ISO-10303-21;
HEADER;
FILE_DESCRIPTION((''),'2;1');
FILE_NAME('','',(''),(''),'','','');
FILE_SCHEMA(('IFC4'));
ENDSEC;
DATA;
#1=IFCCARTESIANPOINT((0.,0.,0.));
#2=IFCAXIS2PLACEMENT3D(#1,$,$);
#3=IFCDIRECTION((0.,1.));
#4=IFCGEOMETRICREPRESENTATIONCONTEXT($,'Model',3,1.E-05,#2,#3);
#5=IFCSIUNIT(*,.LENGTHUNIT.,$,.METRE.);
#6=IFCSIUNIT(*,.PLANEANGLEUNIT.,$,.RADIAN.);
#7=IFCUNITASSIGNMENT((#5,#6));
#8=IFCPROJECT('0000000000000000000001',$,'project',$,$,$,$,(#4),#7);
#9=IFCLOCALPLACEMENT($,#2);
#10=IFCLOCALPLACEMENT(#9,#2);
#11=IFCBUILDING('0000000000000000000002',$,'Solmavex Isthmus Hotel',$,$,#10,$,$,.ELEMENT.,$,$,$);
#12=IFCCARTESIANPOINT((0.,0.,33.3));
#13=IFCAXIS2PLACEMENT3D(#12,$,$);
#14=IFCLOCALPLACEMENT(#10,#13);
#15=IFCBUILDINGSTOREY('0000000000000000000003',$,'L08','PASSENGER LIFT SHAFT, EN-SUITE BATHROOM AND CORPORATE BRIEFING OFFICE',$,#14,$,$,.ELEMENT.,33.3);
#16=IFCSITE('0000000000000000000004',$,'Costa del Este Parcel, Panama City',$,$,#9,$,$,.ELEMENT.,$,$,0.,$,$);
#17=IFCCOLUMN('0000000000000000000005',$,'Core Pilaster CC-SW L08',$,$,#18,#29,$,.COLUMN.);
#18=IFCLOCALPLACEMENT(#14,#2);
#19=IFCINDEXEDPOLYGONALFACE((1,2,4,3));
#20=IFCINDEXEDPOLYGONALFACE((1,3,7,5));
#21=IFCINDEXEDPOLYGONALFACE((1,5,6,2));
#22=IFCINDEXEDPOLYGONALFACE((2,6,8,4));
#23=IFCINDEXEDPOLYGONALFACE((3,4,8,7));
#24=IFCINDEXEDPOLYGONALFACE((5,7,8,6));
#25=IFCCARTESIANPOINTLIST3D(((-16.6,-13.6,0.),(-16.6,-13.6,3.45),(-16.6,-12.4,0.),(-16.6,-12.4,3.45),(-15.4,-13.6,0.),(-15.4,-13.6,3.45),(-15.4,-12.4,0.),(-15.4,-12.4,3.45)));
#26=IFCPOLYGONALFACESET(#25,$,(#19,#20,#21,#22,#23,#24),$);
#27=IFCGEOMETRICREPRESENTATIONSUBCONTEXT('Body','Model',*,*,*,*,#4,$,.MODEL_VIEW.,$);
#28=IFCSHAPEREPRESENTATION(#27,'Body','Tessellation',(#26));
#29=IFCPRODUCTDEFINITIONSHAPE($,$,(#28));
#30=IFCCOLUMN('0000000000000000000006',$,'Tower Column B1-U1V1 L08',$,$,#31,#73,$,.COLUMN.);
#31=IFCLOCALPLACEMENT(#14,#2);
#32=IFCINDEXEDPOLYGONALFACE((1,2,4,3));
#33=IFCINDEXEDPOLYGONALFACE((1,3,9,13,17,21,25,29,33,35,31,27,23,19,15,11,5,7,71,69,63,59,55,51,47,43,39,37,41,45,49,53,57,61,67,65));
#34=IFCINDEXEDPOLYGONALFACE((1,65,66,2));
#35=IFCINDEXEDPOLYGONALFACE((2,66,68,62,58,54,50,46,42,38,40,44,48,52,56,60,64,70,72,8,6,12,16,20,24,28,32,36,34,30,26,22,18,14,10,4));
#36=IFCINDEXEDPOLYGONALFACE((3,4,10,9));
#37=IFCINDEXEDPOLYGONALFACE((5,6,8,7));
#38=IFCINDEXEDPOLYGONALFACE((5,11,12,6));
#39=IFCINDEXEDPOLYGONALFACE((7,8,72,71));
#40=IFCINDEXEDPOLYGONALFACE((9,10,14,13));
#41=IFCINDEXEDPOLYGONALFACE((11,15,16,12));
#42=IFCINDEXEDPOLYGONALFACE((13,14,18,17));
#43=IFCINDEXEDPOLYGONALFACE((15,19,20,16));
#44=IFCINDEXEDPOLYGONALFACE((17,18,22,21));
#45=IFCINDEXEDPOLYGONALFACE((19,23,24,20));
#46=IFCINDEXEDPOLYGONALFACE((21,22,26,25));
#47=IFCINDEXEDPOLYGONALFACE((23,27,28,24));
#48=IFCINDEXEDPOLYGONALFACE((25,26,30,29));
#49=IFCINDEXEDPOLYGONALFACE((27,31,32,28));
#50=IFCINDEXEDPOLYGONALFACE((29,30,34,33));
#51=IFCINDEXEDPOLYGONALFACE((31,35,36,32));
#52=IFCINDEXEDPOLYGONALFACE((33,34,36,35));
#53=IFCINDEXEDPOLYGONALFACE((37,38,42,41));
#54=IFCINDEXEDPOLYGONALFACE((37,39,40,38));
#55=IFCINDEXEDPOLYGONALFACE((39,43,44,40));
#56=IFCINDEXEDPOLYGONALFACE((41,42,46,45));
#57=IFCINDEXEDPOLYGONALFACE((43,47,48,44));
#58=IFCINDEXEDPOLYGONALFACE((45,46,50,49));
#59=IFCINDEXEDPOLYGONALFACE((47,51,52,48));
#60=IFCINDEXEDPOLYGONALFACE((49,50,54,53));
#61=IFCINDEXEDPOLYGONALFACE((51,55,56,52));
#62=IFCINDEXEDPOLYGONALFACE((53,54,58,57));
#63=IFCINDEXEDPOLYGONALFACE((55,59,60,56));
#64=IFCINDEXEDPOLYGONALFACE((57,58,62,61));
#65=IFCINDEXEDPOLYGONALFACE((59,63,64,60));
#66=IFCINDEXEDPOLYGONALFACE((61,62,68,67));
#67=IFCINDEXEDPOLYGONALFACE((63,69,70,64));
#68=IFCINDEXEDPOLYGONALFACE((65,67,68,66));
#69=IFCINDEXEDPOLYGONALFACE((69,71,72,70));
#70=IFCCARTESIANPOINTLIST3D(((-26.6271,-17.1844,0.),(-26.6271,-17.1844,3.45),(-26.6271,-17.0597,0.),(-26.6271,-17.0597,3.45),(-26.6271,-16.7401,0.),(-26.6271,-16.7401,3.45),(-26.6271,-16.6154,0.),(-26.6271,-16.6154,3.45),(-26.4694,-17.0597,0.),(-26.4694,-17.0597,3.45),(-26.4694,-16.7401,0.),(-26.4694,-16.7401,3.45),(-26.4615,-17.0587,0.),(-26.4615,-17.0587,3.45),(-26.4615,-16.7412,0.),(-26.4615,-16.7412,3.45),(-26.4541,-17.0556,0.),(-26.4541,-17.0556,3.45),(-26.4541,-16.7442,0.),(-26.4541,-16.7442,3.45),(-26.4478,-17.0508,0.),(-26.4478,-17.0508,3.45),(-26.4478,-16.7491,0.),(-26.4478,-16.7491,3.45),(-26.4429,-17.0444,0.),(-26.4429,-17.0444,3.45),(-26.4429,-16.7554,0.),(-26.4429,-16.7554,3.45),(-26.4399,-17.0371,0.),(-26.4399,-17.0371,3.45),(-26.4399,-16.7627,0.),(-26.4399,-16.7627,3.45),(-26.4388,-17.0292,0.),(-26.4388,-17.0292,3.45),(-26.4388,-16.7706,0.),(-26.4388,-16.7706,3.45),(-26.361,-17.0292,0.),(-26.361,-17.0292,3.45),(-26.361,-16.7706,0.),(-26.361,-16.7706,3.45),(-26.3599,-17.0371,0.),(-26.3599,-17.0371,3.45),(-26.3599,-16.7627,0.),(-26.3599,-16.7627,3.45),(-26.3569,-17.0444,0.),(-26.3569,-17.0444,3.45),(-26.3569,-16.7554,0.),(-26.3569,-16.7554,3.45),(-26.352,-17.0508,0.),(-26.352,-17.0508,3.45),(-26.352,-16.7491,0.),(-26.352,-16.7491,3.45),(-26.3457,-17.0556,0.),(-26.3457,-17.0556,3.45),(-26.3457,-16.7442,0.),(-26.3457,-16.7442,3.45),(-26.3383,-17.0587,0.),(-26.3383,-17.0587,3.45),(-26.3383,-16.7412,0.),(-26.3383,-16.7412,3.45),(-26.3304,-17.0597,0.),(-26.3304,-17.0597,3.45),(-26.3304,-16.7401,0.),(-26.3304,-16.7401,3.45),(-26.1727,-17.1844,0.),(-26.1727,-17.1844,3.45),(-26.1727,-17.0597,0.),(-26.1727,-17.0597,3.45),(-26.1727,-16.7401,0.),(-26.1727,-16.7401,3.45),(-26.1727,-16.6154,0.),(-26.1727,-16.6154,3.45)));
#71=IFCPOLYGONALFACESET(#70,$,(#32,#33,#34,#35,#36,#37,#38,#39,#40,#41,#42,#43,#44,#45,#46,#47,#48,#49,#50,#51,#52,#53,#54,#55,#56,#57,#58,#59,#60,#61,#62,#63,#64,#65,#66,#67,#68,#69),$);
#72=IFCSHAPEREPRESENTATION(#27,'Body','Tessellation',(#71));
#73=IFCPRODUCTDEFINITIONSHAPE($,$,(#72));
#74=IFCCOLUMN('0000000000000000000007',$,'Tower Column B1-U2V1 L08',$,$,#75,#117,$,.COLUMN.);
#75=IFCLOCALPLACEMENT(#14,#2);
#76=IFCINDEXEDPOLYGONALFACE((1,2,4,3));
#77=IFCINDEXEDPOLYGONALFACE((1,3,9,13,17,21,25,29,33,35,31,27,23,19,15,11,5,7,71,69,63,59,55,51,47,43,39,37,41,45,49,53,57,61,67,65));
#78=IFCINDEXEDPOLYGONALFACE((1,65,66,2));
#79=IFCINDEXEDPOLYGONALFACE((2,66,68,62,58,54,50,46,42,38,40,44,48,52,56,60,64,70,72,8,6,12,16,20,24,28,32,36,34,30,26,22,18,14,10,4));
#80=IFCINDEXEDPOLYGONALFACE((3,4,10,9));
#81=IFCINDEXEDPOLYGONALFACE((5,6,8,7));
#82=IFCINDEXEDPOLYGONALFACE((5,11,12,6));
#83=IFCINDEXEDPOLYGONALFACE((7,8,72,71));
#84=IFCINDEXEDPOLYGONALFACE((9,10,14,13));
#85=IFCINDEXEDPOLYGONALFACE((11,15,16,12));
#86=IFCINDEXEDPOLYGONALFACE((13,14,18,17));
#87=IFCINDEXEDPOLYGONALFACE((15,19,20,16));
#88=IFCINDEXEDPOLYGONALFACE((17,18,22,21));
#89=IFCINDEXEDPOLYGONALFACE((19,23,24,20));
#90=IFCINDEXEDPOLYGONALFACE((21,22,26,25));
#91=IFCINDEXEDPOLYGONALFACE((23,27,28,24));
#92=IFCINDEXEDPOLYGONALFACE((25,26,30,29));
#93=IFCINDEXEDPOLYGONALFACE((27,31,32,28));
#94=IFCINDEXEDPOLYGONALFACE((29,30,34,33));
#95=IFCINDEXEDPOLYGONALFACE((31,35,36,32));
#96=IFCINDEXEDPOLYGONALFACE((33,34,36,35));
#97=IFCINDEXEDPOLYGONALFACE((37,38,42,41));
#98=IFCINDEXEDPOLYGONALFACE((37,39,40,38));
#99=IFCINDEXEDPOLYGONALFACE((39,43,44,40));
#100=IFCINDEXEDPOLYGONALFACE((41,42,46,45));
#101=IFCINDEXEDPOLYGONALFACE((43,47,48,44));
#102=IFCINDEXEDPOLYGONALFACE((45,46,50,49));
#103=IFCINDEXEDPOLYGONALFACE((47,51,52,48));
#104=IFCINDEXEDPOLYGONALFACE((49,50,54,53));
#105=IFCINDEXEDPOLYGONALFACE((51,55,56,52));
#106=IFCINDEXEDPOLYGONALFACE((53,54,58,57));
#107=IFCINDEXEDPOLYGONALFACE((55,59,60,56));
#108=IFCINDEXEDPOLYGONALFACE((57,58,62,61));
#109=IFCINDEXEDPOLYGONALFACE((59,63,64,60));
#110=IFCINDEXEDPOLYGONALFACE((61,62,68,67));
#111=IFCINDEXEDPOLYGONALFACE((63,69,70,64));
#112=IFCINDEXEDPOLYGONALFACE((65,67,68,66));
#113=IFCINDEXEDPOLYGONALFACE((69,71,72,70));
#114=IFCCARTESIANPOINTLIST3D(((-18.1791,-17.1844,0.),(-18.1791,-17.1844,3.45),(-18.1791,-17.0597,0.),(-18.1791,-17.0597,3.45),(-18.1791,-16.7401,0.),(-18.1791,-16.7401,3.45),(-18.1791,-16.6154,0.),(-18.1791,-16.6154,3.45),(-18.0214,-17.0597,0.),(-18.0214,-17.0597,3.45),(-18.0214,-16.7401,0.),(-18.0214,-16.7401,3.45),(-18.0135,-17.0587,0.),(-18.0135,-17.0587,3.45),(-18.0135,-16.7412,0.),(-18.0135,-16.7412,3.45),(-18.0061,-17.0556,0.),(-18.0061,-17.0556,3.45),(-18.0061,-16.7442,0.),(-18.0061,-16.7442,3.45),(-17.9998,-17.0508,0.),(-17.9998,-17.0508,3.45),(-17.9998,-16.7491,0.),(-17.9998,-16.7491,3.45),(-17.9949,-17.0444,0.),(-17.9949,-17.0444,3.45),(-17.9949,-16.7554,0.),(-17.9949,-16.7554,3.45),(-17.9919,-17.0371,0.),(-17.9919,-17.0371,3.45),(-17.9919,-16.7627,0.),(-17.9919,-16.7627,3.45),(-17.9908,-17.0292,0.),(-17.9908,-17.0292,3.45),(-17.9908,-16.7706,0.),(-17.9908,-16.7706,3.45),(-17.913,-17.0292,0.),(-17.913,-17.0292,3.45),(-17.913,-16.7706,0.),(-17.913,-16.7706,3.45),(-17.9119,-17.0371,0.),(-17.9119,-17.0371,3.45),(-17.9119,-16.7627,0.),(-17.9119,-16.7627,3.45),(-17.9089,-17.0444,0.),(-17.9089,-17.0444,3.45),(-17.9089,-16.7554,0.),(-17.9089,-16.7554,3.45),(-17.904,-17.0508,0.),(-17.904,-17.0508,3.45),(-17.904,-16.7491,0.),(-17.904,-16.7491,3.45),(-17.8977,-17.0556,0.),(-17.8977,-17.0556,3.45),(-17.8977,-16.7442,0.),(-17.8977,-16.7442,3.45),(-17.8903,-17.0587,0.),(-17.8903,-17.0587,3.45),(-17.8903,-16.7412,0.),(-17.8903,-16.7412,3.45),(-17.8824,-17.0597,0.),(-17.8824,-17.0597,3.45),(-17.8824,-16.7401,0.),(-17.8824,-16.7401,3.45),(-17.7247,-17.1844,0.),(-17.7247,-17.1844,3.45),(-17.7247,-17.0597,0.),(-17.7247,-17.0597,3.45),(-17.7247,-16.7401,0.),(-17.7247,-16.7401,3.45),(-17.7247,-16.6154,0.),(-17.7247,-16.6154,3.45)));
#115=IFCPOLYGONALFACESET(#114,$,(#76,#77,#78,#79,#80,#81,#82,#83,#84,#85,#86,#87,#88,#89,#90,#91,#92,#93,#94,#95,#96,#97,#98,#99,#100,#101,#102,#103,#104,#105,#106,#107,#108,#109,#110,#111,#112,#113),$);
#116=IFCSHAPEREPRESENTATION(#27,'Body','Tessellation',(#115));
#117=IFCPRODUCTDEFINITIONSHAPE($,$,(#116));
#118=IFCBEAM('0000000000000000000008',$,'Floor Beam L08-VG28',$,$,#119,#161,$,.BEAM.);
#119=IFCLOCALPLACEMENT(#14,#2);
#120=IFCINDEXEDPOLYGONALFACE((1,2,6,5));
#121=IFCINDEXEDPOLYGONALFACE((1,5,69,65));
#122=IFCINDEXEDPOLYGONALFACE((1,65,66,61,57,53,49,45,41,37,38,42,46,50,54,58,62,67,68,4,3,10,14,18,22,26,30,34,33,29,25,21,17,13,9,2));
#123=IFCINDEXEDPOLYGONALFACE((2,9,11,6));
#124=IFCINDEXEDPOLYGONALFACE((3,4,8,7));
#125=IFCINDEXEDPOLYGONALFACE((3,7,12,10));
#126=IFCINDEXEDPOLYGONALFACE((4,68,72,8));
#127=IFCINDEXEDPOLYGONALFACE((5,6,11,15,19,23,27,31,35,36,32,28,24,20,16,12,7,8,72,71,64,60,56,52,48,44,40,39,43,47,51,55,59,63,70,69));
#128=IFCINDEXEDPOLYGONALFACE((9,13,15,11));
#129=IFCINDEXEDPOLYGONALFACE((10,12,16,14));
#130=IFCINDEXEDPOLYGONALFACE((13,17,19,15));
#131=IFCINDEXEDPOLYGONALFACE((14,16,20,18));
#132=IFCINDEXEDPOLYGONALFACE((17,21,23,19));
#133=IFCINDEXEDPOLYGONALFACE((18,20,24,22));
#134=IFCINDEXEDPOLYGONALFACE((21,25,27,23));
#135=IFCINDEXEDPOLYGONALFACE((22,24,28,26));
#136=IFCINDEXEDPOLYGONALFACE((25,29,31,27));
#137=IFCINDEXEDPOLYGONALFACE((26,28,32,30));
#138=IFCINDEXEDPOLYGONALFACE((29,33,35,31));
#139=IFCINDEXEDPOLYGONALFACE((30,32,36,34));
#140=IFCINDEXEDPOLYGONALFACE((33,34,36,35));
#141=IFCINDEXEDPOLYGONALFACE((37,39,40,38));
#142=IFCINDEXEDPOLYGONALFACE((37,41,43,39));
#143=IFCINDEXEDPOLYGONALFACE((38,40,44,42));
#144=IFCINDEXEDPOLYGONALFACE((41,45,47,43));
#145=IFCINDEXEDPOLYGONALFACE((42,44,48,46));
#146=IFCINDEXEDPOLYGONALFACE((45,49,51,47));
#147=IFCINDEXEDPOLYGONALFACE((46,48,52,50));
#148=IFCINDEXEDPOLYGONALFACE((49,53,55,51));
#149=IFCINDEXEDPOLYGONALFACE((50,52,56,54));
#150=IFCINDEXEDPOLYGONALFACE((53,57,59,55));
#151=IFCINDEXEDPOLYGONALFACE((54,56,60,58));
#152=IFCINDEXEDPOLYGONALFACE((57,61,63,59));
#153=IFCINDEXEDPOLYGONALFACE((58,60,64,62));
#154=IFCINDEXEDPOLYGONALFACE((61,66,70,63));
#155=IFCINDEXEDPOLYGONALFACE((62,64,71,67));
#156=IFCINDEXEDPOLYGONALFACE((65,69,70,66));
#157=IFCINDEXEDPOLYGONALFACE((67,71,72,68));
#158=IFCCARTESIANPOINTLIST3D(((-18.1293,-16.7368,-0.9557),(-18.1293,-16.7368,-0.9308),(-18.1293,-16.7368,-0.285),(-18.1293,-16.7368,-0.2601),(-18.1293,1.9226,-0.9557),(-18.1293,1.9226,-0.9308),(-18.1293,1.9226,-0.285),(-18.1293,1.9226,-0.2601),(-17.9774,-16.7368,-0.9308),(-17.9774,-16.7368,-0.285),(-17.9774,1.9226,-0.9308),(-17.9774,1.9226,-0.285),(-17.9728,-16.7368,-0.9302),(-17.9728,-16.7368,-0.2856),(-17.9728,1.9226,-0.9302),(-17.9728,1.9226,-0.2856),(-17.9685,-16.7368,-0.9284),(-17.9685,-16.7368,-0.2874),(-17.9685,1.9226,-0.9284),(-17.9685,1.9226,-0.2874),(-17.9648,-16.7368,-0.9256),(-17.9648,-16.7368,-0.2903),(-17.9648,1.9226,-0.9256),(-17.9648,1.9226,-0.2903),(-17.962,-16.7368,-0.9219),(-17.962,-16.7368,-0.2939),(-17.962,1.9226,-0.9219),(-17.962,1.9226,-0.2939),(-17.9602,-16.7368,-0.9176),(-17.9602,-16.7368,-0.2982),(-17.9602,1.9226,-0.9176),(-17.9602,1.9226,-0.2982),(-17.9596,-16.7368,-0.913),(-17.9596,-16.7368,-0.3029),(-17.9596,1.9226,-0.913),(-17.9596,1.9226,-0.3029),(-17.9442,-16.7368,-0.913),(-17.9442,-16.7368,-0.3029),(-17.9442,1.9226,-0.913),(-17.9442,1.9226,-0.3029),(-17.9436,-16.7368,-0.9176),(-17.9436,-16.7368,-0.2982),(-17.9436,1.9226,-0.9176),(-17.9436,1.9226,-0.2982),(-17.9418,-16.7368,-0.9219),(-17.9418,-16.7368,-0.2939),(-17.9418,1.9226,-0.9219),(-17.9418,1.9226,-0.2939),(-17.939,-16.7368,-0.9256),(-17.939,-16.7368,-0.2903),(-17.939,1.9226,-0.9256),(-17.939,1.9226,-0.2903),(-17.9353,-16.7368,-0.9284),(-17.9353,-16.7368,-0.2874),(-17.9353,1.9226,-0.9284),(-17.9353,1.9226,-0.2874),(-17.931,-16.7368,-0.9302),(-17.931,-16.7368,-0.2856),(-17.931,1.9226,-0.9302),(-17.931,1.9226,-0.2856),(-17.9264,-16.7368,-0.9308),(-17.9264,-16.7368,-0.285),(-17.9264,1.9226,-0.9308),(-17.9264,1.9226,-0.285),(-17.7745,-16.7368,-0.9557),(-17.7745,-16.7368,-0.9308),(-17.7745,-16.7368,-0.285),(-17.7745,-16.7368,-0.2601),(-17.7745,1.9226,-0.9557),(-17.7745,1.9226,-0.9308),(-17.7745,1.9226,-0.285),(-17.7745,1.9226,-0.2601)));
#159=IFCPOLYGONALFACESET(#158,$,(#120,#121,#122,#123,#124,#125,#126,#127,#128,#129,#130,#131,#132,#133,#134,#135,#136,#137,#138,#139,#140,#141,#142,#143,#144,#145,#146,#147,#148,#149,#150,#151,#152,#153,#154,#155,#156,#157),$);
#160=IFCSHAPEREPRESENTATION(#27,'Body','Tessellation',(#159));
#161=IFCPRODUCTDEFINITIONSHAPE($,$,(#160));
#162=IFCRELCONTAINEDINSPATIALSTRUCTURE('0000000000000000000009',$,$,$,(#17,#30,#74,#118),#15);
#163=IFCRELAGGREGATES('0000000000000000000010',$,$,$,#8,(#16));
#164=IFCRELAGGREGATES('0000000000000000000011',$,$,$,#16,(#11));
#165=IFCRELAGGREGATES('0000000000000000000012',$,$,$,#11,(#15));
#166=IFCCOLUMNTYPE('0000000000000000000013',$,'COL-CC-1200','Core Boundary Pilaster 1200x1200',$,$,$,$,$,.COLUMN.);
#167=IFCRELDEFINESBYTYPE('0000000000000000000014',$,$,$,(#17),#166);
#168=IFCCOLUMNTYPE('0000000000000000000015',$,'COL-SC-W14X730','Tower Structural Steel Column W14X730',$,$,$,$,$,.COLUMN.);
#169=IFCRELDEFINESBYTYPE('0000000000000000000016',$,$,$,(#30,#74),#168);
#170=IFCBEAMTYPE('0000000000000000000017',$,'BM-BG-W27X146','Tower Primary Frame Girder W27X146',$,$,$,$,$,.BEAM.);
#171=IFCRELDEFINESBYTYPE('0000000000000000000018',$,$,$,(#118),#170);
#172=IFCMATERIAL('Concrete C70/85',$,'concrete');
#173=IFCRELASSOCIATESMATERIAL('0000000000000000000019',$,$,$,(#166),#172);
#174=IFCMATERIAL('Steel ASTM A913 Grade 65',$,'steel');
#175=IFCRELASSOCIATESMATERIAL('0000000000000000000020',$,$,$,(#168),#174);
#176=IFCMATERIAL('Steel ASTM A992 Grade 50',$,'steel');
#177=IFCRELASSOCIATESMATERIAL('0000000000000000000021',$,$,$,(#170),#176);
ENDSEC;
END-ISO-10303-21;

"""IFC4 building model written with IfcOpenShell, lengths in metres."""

from ifc_helpers import new_model, si_unit, direction, frame, origin, origin_2d, place, context, subcontext, project, spatial, rectangle, i_section, extrude, material, material_profile, profile_set, type_object, element, save


model = new_model("IFC4")

# Units and contexts
model_context = context("Model", 3, precision=1e-05, world=origin(), true_north=direction((0.0, 1.0)))
body_context = subcontext(model_context, "Body", "Model", "MODEL_VIEW")
ifc_project = project(units=[si_unit("LENGTHUNIT", "METRE"), si_unit("PLANEANGLEUNIT", "RADIAN")], contexts=[model_context])

# Site, building, storey
site_placement = place(None, origin())
site = spatial("IfcSite", under=ifc_project, at=site_placement, Name="Costa del Este Parcel, Panama City", CompositionType="ELEMENT", RefElevation=0.0)
building_placement = place(site_placement, origin())
building = spatial("IfcBuilding", under=site, at=building_placement, Name="Solmavex Isthmus Hotel", CompositionType="ELEMENT")
storey_placement = place(building_placement, frame((0.0, 0.0, 33.3)))
storey = spatial("IfcBuildingStorey", under=building, at=storey_placement, Name="L08", Description="PASSENGER LIFT SHAFT, EN-SUITE BATHROOM AND CORPORATE BRIEFING OFFICE", CompositionType="ELEMENT", Elevation=33.3)

# Columns
ifc_material_1 = material(Name="Concrete C70/85", Category="concrete")
ifc_material_profile_1 = material_profile(ifc_material_1, rectangle(XDim=1.2, YDim=1.2, at=origin_2d()), Name="RC1200X1200")
ifc_profile_set_1 = profile_set([ifc_material_profile_1], Name="Concrete C70/85")
column_type_1 = type_object("IfcColumnType", Name="COL-CC-1200", Description="Core Boundary Pilaster 1200x1200", PredefinedType="COLUMN", material=ifc_profile_set_1)
column_placement = place(storey_placement, frame((-16.0, -13.0, 0.0), z_axis=(0.0, 0.0, 1.0), x_axis=(1.0, 0.0, 0.0)))
element("IfcColumn", 1, at=column_placement, inside=storey, type_object=column_type_1, Name="Core Pilaster CC-SW L08", PredefinedType="COLUMN", context=body_context, shape_type="SweptSolid", body=[
    extrude(rectangle(XDim=1.2, YDim=1.2, at=origin_2d()), origin(), (0.0, 0.0, 1.0), 3.45),
])
ifc_material_2 = material(Name="Steel ASTM A913 Grade 65", Category="steel")
ifc_material_profile_2 = material_profile(ifc_material_2, i_section(OverallWidth=0.4543, OverallDepth=0.5691, WebThickness=0.0779, FlangeThickness=0.1248, FilletRadius=0.0305, at=origin_2d()), Name="W14X730")
ifc_profile_set_2 = profile_set([ifc_material_profile_2], Name="Steel ASTM A913 Grade 65")
column_type_2 = type_object("IfcColumnType", Name="COL-SC-W14X730", Description="Tower Structural Steel Column W14X730", PredefinedType="COLUMN", material=ifc_profile_set_2)
for number, where, z_axis, x_axis, name in (
    (2, (-26.3999, -16.8999, 0.0), (0.0, 0.0, 1.0), (1.0, 0.0, 0.0), "Tower Column B1-U1V1 L08"),
    (3, (-17.9519, -16.8999, 0.0), (0.0, 0.0, 1.0), (1.0, 0.0, 0.0), "Tower Column B1-U2V1 L08"),
):
    element("IfcColumn", number, at=place(storey_placement, frame(where, z_axis=z_axis, x_axis=x_axis)), inside=storey, type_object=column_type_2, Name=name, PredefinedType="COLUMN", context=body_context, shape_type="SweptSolid", body=[
        extrude(i_section(OverallWidth=0.4543, OverallDepth=0.5691, WebThickness=0.0779, FlangeThickness=0.1248, FilletRadius=0.0305, at=origin_2d()), origin(), (0.0, 0.0, 1.0), 3.45),
    ])

# Beam
ifc_material_3 = material(Name="Steel ASTM A992 Grade 50", Category="steel")
ifc_material_profile_3 = material_profile(ifc_material_3, i_section(OverallWidth=0.3547, OverallDepth=0.6956, WebThickness=0.0154, FlangeThickness=0.0249, FilletRadius=0.0178, at=origin_2d()), Name="W27X146")
ifc_profile_set_3 = profile_set([ifc_material_profile_3], Name="Steel ASTM A992 Grade 50")
beam_type_1 = type_object("IfcBeamType", Name="BM-BG-W27X146", Description="Tower Primary Frame Girder W27X146", PredefinedType="BEAM", material=ifc_profile_set_3)
beam_1_placement = place(storey_placement, frame((-17.9519, -16.7368, -0.6079), z_axis=(0.0, 1.0, 0.0), x_axis=(-1.0, 0.0, 0.0)))
element("IfcBeam", 4, at=beam_1_placement, inside=storey, type_object=beam_type_1, Name="Floor Beam L08-VG28", PredefinedType="BEAM", context=body_context, shape_type="SweptSolid", body=[
    extrude(i_section(OverallWidth=0.3547, OverallDepth=0.6956, WebThickness=0.0154, FlangeThickness=0.0249, FilletRadius=0.0178, at=origin_2d()), origin(), (0.0, 0.0, 1.0), 18.6594),
])

save(model, "model.ifc")
